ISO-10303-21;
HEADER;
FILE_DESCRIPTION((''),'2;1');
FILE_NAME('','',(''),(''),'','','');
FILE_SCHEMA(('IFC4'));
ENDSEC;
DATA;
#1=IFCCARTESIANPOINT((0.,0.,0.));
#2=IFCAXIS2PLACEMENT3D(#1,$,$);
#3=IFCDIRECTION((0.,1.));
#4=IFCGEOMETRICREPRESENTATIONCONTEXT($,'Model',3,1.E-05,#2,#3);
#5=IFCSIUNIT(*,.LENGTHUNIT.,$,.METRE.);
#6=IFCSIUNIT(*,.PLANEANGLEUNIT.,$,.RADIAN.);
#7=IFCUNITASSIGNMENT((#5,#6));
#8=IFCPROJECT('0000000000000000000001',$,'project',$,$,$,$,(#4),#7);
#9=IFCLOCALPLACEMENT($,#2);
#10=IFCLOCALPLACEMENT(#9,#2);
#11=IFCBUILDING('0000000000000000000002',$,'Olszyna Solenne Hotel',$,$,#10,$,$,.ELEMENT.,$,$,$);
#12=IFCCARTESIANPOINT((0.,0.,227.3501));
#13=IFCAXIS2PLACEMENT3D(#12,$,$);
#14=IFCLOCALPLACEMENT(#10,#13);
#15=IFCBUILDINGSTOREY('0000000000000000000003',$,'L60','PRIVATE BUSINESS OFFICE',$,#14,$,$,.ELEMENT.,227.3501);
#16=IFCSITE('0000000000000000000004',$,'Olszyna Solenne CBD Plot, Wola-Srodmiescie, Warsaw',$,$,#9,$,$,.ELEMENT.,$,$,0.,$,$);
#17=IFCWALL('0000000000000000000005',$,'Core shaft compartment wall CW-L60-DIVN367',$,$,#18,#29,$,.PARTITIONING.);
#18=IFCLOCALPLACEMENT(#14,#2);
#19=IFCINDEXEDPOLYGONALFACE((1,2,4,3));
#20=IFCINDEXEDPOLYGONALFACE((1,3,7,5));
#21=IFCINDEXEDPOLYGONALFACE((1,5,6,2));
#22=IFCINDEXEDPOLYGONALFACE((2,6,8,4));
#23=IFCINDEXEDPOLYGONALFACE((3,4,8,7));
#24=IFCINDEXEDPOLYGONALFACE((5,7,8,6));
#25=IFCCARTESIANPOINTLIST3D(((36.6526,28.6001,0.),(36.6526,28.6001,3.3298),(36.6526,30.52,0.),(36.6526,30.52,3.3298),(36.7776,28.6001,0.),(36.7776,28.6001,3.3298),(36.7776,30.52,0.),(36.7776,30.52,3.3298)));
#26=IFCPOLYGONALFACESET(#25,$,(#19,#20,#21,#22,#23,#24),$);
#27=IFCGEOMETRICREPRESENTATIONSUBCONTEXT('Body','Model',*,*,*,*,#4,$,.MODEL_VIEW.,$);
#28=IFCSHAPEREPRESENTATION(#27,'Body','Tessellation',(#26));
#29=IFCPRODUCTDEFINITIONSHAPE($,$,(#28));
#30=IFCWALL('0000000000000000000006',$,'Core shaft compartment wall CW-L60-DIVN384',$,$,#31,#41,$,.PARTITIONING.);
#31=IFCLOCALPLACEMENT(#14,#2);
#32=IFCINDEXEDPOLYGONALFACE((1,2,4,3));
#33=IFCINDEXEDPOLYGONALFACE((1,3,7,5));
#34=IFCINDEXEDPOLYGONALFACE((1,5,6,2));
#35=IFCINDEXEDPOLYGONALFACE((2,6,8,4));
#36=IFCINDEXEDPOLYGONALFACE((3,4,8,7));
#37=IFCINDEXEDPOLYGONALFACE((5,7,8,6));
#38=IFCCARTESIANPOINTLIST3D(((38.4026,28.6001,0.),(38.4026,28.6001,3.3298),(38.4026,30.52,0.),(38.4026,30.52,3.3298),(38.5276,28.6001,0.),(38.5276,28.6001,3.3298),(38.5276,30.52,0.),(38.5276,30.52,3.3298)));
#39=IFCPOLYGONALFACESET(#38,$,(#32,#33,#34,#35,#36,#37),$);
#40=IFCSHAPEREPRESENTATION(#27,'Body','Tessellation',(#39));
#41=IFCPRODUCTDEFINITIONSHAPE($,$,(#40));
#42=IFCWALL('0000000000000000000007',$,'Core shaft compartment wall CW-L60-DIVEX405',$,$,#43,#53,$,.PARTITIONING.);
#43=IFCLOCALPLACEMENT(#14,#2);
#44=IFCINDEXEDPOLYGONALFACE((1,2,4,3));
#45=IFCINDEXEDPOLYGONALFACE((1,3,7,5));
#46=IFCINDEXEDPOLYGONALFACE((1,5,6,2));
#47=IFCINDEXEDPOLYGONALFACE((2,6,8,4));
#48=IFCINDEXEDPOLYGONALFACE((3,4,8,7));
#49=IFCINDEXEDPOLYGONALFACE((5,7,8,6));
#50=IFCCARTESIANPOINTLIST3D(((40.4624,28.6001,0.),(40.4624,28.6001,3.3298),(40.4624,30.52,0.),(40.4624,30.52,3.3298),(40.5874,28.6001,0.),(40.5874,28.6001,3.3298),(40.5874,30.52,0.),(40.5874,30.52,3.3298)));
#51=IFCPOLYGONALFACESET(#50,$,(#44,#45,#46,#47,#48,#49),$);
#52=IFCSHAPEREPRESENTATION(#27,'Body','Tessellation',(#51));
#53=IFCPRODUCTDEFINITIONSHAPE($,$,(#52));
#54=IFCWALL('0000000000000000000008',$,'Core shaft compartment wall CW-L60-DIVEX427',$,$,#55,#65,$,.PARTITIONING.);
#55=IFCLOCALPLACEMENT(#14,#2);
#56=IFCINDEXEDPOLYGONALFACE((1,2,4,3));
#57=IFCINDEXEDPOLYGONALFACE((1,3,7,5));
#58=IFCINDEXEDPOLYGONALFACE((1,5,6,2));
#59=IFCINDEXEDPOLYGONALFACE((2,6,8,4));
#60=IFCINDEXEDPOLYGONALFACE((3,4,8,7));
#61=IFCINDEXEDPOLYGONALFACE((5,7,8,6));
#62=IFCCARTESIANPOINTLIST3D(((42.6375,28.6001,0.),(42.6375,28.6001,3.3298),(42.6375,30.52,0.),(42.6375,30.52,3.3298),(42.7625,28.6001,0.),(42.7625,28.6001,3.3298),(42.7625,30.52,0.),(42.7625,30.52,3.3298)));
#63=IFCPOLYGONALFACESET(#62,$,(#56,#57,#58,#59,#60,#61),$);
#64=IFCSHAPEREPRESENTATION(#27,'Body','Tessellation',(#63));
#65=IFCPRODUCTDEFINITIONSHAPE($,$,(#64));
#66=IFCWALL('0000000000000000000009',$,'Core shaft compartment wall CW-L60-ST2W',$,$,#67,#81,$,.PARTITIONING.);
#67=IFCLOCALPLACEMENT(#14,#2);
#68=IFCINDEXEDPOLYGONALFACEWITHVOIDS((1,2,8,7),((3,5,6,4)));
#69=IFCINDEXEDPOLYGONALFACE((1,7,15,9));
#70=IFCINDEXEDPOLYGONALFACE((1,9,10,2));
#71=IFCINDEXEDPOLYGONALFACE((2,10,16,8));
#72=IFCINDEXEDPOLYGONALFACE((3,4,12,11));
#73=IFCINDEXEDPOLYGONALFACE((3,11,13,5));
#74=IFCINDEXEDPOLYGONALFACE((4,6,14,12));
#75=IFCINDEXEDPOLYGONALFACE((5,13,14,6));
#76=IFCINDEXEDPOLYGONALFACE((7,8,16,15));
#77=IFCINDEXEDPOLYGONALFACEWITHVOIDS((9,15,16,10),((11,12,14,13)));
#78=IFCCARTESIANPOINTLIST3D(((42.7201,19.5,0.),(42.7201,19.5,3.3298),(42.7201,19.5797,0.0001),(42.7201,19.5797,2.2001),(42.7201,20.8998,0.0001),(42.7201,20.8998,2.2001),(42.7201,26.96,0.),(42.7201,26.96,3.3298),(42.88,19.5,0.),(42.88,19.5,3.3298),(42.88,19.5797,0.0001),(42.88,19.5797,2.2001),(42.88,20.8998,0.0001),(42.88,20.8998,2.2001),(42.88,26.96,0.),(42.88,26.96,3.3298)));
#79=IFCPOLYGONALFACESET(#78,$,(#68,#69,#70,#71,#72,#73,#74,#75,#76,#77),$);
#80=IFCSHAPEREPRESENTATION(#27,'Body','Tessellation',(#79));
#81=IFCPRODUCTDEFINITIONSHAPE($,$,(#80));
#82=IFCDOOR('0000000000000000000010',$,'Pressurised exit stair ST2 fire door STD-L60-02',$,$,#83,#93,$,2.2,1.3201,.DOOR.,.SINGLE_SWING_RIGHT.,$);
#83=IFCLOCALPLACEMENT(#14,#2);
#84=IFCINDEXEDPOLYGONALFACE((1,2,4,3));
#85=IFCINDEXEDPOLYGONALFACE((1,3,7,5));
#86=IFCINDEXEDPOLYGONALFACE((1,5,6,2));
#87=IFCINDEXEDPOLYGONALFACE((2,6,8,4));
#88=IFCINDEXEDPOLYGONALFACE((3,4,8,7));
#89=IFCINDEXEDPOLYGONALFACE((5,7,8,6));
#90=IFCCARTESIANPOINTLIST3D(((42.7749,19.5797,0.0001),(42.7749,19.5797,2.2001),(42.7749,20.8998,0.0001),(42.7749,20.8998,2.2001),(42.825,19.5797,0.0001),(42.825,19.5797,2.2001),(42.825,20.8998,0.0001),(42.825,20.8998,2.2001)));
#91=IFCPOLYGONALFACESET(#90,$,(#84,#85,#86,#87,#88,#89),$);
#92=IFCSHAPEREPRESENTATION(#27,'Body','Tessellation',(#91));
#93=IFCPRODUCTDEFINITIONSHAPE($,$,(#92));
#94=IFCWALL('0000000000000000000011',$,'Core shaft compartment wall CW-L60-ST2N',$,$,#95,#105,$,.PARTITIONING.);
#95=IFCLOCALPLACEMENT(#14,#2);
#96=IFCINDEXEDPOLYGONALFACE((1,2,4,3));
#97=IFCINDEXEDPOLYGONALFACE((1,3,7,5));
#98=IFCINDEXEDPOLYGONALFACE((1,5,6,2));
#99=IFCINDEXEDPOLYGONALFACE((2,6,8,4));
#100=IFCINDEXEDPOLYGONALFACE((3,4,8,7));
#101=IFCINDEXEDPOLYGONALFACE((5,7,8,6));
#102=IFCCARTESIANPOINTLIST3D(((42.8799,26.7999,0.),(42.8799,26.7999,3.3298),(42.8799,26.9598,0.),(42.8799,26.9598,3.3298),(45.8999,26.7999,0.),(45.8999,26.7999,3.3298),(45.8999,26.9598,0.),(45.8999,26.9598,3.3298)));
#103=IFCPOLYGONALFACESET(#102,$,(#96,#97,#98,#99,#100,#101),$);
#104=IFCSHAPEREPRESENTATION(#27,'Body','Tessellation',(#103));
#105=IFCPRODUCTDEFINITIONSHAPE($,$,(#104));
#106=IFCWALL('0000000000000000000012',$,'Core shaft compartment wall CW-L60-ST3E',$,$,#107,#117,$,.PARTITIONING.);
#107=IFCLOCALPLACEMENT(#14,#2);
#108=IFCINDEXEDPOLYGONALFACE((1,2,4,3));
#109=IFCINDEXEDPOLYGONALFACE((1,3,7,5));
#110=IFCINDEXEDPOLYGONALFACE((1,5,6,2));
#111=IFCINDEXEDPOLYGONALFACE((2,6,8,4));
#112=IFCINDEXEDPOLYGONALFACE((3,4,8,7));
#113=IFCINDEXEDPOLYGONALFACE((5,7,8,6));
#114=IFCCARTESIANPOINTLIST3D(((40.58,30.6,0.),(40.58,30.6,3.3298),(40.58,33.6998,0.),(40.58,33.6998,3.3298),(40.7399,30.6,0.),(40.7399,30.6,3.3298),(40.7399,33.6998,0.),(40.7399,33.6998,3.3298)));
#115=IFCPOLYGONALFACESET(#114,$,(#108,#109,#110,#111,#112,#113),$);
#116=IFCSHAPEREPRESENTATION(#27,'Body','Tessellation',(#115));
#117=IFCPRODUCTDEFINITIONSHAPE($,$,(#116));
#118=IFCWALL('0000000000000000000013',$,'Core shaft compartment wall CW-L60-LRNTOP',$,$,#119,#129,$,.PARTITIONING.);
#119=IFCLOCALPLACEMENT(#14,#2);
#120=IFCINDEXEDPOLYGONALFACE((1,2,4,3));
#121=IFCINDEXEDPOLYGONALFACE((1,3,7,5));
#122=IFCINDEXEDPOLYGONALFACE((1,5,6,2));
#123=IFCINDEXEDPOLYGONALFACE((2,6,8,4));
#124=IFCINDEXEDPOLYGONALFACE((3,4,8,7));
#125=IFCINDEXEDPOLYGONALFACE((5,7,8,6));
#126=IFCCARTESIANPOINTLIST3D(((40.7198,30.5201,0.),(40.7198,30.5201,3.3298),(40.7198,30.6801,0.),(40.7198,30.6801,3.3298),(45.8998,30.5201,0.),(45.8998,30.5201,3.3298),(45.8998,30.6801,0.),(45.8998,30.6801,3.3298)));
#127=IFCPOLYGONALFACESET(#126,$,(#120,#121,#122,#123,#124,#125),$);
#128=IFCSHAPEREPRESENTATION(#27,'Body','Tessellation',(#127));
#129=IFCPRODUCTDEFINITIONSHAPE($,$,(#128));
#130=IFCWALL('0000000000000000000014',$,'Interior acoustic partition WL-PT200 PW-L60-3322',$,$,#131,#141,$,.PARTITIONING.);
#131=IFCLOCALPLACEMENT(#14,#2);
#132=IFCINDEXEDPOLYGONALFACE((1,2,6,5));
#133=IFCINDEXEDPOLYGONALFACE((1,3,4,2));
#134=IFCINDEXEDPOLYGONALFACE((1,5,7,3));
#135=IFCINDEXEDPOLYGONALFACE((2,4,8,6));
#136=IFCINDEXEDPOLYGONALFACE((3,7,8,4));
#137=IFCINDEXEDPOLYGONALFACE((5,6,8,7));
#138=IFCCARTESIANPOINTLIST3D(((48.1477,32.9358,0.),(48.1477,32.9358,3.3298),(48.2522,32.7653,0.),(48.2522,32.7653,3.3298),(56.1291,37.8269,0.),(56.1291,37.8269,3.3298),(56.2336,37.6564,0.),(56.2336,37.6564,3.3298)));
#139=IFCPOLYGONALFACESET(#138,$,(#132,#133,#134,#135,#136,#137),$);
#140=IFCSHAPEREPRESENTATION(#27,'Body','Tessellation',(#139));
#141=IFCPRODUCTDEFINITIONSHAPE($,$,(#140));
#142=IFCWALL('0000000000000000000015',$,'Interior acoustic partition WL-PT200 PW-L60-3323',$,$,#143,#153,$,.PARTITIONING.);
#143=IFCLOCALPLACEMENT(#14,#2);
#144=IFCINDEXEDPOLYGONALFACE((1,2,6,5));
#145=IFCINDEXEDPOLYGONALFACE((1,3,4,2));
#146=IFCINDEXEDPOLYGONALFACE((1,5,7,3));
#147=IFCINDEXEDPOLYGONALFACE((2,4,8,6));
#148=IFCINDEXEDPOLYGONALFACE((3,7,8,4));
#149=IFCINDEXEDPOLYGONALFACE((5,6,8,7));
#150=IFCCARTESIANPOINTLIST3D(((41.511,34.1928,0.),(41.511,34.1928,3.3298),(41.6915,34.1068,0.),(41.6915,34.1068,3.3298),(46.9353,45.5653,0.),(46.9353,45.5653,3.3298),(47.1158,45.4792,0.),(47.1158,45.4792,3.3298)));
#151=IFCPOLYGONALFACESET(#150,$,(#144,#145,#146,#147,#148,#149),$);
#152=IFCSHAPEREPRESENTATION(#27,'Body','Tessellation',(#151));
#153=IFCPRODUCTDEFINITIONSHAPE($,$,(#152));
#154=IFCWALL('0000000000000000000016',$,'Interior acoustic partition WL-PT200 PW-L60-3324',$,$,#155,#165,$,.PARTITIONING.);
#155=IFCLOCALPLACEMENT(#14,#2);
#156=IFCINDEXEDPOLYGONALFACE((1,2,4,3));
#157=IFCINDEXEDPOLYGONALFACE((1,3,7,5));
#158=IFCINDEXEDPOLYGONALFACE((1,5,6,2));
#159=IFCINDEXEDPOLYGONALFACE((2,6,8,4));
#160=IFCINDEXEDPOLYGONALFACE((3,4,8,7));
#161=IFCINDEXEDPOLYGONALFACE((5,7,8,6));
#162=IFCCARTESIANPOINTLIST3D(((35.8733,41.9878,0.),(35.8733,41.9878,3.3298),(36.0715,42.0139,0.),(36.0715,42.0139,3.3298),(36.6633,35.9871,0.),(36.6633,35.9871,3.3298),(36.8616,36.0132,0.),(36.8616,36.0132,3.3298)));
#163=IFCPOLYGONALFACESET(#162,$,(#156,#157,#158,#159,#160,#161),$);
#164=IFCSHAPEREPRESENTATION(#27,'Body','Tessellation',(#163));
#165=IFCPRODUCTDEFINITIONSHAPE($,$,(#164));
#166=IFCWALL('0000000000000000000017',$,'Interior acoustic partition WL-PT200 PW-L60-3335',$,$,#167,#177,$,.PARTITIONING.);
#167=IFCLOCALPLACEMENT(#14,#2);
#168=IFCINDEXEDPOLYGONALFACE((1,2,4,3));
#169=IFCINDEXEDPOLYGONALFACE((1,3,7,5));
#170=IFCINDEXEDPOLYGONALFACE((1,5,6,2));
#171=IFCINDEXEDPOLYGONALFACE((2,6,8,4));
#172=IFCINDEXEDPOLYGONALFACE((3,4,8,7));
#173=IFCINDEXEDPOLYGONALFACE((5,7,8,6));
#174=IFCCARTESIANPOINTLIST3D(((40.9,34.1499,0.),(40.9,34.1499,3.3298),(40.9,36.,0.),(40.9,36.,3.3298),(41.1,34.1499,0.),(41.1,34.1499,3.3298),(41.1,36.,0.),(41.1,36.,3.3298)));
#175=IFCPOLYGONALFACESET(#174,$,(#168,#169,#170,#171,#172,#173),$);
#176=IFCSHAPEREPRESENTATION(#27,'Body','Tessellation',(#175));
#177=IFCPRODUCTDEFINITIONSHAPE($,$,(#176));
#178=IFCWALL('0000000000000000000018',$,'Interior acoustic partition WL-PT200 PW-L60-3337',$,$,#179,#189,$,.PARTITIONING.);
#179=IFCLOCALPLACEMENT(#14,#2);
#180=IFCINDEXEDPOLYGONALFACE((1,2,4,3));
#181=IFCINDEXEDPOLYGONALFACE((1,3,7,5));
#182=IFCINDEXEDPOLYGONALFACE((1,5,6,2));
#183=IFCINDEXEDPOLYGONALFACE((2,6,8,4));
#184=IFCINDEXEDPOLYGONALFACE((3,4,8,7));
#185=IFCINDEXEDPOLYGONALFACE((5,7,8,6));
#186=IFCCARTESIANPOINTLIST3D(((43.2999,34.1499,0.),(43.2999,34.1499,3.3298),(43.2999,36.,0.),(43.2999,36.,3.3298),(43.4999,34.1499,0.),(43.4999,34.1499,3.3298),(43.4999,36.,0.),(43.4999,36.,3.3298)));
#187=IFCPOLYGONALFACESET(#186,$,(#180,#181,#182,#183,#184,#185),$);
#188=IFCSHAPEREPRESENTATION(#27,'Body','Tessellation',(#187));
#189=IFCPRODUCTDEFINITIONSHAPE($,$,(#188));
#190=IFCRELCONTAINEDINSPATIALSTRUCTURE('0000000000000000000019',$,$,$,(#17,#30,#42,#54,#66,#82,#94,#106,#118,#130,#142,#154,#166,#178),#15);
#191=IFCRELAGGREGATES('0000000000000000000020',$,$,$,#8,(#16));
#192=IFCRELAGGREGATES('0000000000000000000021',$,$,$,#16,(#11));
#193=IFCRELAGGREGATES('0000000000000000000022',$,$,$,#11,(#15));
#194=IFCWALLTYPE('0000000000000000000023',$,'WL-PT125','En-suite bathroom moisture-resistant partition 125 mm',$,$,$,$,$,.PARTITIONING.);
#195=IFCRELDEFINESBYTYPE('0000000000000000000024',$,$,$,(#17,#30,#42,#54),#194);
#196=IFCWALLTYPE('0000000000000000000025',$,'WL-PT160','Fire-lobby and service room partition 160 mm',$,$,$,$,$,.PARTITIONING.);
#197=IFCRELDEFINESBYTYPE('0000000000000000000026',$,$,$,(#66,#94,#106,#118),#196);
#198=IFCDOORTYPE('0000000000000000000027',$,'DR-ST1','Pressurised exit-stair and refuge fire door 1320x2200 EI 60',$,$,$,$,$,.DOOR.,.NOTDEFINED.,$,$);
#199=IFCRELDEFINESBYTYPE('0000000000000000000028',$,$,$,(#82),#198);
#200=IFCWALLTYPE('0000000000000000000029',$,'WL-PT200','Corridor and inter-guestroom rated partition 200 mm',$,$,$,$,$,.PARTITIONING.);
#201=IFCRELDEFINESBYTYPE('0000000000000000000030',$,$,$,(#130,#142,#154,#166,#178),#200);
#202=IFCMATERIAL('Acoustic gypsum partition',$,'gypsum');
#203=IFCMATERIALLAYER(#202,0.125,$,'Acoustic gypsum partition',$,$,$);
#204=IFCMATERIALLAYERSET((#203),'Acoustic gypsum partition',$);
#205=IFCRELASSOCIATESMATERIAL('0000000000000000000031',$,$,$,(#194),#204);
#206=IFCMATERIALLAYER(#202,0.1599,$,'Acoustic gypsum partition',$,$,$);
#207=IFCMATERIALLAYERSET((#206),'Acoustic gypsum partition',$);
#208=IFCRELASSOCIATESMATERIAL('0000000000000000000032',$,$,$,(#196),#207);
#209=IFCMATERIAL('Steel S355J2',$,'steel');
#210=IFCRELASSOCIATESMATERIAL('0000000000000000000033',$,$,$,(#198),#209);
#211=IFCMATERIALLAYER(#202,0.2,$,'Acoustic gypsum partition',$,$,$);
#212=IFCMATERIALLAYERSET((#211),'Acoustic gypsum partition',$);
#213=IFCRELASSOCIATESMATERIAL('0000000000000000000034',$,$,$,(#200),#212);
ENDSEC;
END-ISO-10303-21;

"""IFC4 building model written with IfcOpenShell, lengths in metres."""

from ifc_helpers import new_model, si_unit, direction, frame, frame_2d, origin, place, context, subcontext, project, spatial, rectangle, extrude, source, transform, mapped, material, layer, layer_set, type_object, type_shapes, element, fill, save


model = new_model("IFC4")

# Units and contexts
model_context = context("Model", 3, precision=1e-05, world=origin(), true_north=direction((0.0, 1.0)))
body_context = subcontext(model_context, "Body", "Model", "MODEL_VIEW")
ifc_project = project(units=[si_unit("LENGTHUNIT", "METRE"), si_unit("PLANEANGLEUNIT", "RADIAN")], contexts=[model_context])

# Site, building, storey
site_placement = place(None, origin())
site = spatial("IfcSite", under=ifc_project, at=site_placement, Name="Olszyna Solenne CBD Plot, Wola-Srodmiescie, Warsaw", CompositionType="ELEMENT", RefElevation=0.0)
building_placement = place(site_placement, origin())
building = spatial("IfcBuilding", under=site, at=building_placement, Name="Olszyna Solenne Hotel", CompositionType="ELEMENT")
storey_placement = place(building_placement, frame((0.0, 0.0, 227.3501)))
storey = spatial("IfcBuildingStorey", under=building, at=storey_placement, Name="L60", Description="PRIVATE BUSINESS OFFICE", CompositionType="ELEMENT", Elevation=227.3501)

# Shared definitions
ifc_material_1 = material(Name="Steel S355J2", Category="steel")

# Walls
ifc_material_2 = material(Name="Acoustic gypsum partition", Category="gypsum")
ifc_layer_1 = layer(ifc_material_2, 0.125, Name="Acoustic gypsum partition")
ifc_layer_set_1 = layer_set([ifc_layer_1], Name="Acoustic gypsum partition")
wall_type_1 = type_object("IfcWallType", Name="WL-PT125", Description="En-suite bathroom moisture-resistant partition 125 mm", PredefinedType="PARTITIONING", material=ifc_layer_set_1)
for number, where, z_axis, x_axis, name in (
    (1, (36.7151, 28.6001, 0.0), (0.0, 0.0, 1.0), (0.0, 1.0, 0.0), "Core shaft compartment wall CW-L60-DIVN367"),
    (2, (38.4651, 28.6001, 0.0), (0.0, 0.0, 1.0), (0.0, 1.0, 0.0), "Core shaft compartment wall CW-L60-DIVN384"),
    (3, (40.5249, 28.6001, 0.0), (0.0, 0.0, 1.0), (0.0, 1.0, 0.0), "Core shaft compartment wall CW-L60-DIVEX405"),
    (4, (42.7, 28.6001, 0.0), (0.0, 0.0, 1.0), (0.0, 1.0, 0.0), "Core shaft compartment wall CW-L60-DIVEX427"),
):
    element("IfcWall", number, at=place(storey_placement, frame(where, z_axis=z_axis, x_axis=x_axis)), inside=storey, type_object=wall_type_1, Name=name, PredefinedType="PARTITIONING", context=body_context, shape_type="SweptSolid", body=[
        extrude(rectangle(XDim=1.9199, YDim=0.125, at=frame_2d((0.96, 0.0))), origin(), (0.0, 0.0, 1.0), 3.3298),
    ])

# Wall, opening, door
ifc_layer_2 = layer(ifc_material_2, 0.1599, Name="Acoustic gypsum partition")
ifc_layer_set_2 = layer_set([ifc_layer_2], Name="Acoustic gypsum partition")
wall_type_2 = type_object("IfcWallType", Name="WL-PT160", Description="Fire-lobby and service room partition 160 mm", PredefinedType="PARTITIONING", material=ifc_layer_set_2)
wall_1_placement = place(storey_placement, frame((42.8, 26.96, 0.0), z_axis=(0.0, 0.0, 1.0), x_axis=(0.0, -1.0, 0.0)))
wall_1 = element("IfcWall", 5, at=wall_1_placement, inside=storey, type_object=wall_type_2, Name="Core shaft compartment wall CW-L60-ST2W", PredefinedType="PARTITIONING", context=body_context, shape_type="SweptSolid", body=[
    extrude(rectangle(XDim=7.46, YDim=0.1599, at=frame_2d((3.73, 0.0))), origin(), (0.0, 0.0, 1.0), 3.3298),
])
opening_1_placement = place(wall_1_placement, frame((6.0601, 0.0, 0.0)))
opening_1 = element("IfcOpeningElement", 6, at=opening_1_placement, cuts=wall_1, PredefinedType="OPENING", context=body_context, shape_type="SweptSolid", body=[
    extrude(rectangle(XDim=1.3201, YDim=2.2, at=frame_2d((0.6602, 1.1001))), frame((0.0, 0.0898, 0.0), z_axis=(0.0, -1.0, 0.0), x_axis=(1.0, 0.0, 0.0)), (0.0, 0.0, 1.0), 0.1799),
])
door_type_1 = type_object("IfcDoorType", Name="DR-ST1", Description="Pressurised exit-stair and refuge fire door 1320x2200 EI 60", OperationType="NOTDEFINED", PredefinedType="DOOR", material=ifc_material_1)
shared_shape_1 = source(origin(), body_context, "Body", "SweptSolid", [
    extrude(rectangle(XDim=1.3201, YDim=2.2, at=frame_2d((0.6602, 1.1001))), frame((0.0, 0.0249, 0.0), z_axis=(0.0, -1.0, 0.0), x_axis=(1.0, 0.0, 0.0)), (0.0, 0.0, 1.0), 0.05),
])
type_shapes(door_type_1, [shared_shape_1])
door_1_placement = place(opening_1_placement, origin())
door_1 = element("IfcDoor", 7, at=door_1_placement, inside=storey, type_object=door_type_1, Name="Pressurised exit stair ST2 fire door STD-L60-02", OperationType="SINGLE_SWING_RIGHT", OverallHeight=2.2, OverallWidth=1.3201, PredefinedType="DOOR", context=body_context, shape_type="MappedRepresentation", body=[
    mapped(shared_shape_1, transform((0.0, 0.0, 0.0), x_axis=(1.0, 0.0, 0.0), y_axis=(0.0, 1.0, 0.0), z_axis=(0.0, 0.0, 1.0), scale=1.0)),
])
fill(opening_1, door_1)

# Walls
wall_2_placement = place(storey_placement, frame((42.8799, 26.8799, 0.0), z_axis=(0.0, 0.0, 1.0), x_axis=(1.0, 0.0, 0.0)))
element("IfcWall", 8, at=wall_2_placement, inside=storey, type_object=wall_type_2, Name="Core shaft compartment wall CW-L60-ST2N", PredefinedType="PARTITIONING", context=body_context, shape_type="SweptSolid", body=[
    extrude(rectangle(XDim=3.02, YDim=0.1599, at=frame_2d((1.51, 0.0))), origin(), (0.0, 0.0, 1.0), 3.3298),
])
wall_3_placement = place(storey_placement, frame((40.6599, 30.6001, 0.0), z_axis=(0.0, 0.0, 1.0), x_axis=(0.0, 1.0, 0.0)))
element("IfcWall", 9, at=wall_3_placement, inside=storey, type_object=wall_type_2, Name="Core shaft compartment wall CW-L60-ST3E", PredefinedType="PARTITIONING", context=body_context, shape_type="SweptSolid", body=[
    extrude(rectangle(XDim=3.0999, YDim=0.1599, at=frame_2d((1.5498, 0.0))), origin(), (0.0, 0.0, 1.0), 3.3298),
])
wall_4_placement = place(storey_placement, frame((40.72, 30.6001, 0.0), z_axis=(0.0, 0.0, 1.0), x_axis=(1.0, 0.0, 0.0)))
element("IfcWall", 10, at=wall_4_placement, inside=storey, type_object=wall_type_2, Name="Core shaft compartment wall CW-L60-LRNTOP", PredefinedType="PARTITIONING", context=body_context, shape_type="SweptSolid", body=[
    extrude(rectangle(XDim=5.1799, YDim=0.1599, at=frame_2d((2.5898, 0.0))), origin(), (0.0, 0.0, 1.0), 3.3298),
])
ifc_layer_3 = layer(ifc_material_2, 0.2, Name="Acoustic gypsum partition")
ifc_layer_set_3 = layer_set([ifc_layer_3], Name="Acoustic gypsum partition")
wall_type_3 = type_object("IfcWallType", Name="WL-PT200", Description="Corridor and inter-guestroom rated partition 200 mm", PredefinedType="PARTITIONING", material=ifc_layer_set_3)
wall_5_placement = place(storey_placement, frame((48.2, 32.8506, 0.0), z_axis=(0.0, 0.0, 1.0), x_axis=(0.852636, 0.522505, 0.0)))
element("IfcWall", 11, at=wall_5_placement, inside=storey, type_object=wall_type_3, Name="Interior acoustic partition WL-PT200 PW-L60-3322", PredefinedType="PARTITIONING", context=body_context, shape_type="SweptSolid", body=[
    extrude(rectangle(XDim=9.3608, YDim=0.2, at=frame_2d((4.6804, 0.0))), origin(), (0.0, 0.0, 1.0), 3.3298),
])
wall_6_placement = place(storey_placement, frame((41.6013, 34.1499, 0.0), z_axis=(0.0, 0.0, 1.0), x_axis=(0.430504, 0.902589, 0.0)))
element("IfcWall", 12, at=wall_6_placement, inside=storey, type_object=wall_type_3, Name="Interior acoustic partition WL-PT200 PW-L60-3323", PredefinedType="PARTITIONING", context=body_context, shape_type="SweptSolid", body=[
    extrude(rectangle(XDim=12.5999, YDim=0.2, at=frame_2d((6.2998, 0.0))), origin(), (0.0, 0.0, 1.0), 3.3298),
])
wall_7_placement = place(storey_placement, frame((36.7625, 36.0, 0.0), z_axis=(0.0, 0.0, 1.0), x_axis=(-0.130531, 0.991444, 0.0)))
element("IfcWall", 13, at=wall_7_placement, inside=storey, type_object=wall_type_3, Name="Interior acoustic partition WL-PT200 PW-L60-3324", PredefinedType="PARTITIONING", context=body_context, shape_type="SweptSolid", body=[
    extrude(rectangle(XDim=6.0525, YDim=0.2, at=frame_2d((3.0264, 0.0))), origin(), (0.0, 0.0, 1.0), 3.3298),
])
for number, where, z_axis, x_axis, name in (
    (14, (41.0, 34.1499, 0.0), (0.0, 0.0, 1.0), (0.0, 1.0, 0.0), "Interior acoustic partition WL-PT200 PW-L60-3335"),
    (15, (43.3999, 34.1499, 0.0), (0.0, 0.0, 1.0), (0.0, 1.0, 0.0), "Interior acoustic partition WL-PT200 PW-L60-3337"),
):
    element("IfcWall", number, at=place(storey_placement, frame(where, z_axis=z_axis, x_axis=x_axis)), inside=storey, type_object=wall_type_3, Name=name, PredefinedType="PARTITIONING", context=body_context, shape_type="SweptSolid", body=[
        extrude(rectangle(XDim=1.8501, YDim=0.2, at=frame_2d((0.925, 0.0))), origin(), (0.0, 0.0, 1.0), 3.3298),
    ])

save(model, "model.ifc")
